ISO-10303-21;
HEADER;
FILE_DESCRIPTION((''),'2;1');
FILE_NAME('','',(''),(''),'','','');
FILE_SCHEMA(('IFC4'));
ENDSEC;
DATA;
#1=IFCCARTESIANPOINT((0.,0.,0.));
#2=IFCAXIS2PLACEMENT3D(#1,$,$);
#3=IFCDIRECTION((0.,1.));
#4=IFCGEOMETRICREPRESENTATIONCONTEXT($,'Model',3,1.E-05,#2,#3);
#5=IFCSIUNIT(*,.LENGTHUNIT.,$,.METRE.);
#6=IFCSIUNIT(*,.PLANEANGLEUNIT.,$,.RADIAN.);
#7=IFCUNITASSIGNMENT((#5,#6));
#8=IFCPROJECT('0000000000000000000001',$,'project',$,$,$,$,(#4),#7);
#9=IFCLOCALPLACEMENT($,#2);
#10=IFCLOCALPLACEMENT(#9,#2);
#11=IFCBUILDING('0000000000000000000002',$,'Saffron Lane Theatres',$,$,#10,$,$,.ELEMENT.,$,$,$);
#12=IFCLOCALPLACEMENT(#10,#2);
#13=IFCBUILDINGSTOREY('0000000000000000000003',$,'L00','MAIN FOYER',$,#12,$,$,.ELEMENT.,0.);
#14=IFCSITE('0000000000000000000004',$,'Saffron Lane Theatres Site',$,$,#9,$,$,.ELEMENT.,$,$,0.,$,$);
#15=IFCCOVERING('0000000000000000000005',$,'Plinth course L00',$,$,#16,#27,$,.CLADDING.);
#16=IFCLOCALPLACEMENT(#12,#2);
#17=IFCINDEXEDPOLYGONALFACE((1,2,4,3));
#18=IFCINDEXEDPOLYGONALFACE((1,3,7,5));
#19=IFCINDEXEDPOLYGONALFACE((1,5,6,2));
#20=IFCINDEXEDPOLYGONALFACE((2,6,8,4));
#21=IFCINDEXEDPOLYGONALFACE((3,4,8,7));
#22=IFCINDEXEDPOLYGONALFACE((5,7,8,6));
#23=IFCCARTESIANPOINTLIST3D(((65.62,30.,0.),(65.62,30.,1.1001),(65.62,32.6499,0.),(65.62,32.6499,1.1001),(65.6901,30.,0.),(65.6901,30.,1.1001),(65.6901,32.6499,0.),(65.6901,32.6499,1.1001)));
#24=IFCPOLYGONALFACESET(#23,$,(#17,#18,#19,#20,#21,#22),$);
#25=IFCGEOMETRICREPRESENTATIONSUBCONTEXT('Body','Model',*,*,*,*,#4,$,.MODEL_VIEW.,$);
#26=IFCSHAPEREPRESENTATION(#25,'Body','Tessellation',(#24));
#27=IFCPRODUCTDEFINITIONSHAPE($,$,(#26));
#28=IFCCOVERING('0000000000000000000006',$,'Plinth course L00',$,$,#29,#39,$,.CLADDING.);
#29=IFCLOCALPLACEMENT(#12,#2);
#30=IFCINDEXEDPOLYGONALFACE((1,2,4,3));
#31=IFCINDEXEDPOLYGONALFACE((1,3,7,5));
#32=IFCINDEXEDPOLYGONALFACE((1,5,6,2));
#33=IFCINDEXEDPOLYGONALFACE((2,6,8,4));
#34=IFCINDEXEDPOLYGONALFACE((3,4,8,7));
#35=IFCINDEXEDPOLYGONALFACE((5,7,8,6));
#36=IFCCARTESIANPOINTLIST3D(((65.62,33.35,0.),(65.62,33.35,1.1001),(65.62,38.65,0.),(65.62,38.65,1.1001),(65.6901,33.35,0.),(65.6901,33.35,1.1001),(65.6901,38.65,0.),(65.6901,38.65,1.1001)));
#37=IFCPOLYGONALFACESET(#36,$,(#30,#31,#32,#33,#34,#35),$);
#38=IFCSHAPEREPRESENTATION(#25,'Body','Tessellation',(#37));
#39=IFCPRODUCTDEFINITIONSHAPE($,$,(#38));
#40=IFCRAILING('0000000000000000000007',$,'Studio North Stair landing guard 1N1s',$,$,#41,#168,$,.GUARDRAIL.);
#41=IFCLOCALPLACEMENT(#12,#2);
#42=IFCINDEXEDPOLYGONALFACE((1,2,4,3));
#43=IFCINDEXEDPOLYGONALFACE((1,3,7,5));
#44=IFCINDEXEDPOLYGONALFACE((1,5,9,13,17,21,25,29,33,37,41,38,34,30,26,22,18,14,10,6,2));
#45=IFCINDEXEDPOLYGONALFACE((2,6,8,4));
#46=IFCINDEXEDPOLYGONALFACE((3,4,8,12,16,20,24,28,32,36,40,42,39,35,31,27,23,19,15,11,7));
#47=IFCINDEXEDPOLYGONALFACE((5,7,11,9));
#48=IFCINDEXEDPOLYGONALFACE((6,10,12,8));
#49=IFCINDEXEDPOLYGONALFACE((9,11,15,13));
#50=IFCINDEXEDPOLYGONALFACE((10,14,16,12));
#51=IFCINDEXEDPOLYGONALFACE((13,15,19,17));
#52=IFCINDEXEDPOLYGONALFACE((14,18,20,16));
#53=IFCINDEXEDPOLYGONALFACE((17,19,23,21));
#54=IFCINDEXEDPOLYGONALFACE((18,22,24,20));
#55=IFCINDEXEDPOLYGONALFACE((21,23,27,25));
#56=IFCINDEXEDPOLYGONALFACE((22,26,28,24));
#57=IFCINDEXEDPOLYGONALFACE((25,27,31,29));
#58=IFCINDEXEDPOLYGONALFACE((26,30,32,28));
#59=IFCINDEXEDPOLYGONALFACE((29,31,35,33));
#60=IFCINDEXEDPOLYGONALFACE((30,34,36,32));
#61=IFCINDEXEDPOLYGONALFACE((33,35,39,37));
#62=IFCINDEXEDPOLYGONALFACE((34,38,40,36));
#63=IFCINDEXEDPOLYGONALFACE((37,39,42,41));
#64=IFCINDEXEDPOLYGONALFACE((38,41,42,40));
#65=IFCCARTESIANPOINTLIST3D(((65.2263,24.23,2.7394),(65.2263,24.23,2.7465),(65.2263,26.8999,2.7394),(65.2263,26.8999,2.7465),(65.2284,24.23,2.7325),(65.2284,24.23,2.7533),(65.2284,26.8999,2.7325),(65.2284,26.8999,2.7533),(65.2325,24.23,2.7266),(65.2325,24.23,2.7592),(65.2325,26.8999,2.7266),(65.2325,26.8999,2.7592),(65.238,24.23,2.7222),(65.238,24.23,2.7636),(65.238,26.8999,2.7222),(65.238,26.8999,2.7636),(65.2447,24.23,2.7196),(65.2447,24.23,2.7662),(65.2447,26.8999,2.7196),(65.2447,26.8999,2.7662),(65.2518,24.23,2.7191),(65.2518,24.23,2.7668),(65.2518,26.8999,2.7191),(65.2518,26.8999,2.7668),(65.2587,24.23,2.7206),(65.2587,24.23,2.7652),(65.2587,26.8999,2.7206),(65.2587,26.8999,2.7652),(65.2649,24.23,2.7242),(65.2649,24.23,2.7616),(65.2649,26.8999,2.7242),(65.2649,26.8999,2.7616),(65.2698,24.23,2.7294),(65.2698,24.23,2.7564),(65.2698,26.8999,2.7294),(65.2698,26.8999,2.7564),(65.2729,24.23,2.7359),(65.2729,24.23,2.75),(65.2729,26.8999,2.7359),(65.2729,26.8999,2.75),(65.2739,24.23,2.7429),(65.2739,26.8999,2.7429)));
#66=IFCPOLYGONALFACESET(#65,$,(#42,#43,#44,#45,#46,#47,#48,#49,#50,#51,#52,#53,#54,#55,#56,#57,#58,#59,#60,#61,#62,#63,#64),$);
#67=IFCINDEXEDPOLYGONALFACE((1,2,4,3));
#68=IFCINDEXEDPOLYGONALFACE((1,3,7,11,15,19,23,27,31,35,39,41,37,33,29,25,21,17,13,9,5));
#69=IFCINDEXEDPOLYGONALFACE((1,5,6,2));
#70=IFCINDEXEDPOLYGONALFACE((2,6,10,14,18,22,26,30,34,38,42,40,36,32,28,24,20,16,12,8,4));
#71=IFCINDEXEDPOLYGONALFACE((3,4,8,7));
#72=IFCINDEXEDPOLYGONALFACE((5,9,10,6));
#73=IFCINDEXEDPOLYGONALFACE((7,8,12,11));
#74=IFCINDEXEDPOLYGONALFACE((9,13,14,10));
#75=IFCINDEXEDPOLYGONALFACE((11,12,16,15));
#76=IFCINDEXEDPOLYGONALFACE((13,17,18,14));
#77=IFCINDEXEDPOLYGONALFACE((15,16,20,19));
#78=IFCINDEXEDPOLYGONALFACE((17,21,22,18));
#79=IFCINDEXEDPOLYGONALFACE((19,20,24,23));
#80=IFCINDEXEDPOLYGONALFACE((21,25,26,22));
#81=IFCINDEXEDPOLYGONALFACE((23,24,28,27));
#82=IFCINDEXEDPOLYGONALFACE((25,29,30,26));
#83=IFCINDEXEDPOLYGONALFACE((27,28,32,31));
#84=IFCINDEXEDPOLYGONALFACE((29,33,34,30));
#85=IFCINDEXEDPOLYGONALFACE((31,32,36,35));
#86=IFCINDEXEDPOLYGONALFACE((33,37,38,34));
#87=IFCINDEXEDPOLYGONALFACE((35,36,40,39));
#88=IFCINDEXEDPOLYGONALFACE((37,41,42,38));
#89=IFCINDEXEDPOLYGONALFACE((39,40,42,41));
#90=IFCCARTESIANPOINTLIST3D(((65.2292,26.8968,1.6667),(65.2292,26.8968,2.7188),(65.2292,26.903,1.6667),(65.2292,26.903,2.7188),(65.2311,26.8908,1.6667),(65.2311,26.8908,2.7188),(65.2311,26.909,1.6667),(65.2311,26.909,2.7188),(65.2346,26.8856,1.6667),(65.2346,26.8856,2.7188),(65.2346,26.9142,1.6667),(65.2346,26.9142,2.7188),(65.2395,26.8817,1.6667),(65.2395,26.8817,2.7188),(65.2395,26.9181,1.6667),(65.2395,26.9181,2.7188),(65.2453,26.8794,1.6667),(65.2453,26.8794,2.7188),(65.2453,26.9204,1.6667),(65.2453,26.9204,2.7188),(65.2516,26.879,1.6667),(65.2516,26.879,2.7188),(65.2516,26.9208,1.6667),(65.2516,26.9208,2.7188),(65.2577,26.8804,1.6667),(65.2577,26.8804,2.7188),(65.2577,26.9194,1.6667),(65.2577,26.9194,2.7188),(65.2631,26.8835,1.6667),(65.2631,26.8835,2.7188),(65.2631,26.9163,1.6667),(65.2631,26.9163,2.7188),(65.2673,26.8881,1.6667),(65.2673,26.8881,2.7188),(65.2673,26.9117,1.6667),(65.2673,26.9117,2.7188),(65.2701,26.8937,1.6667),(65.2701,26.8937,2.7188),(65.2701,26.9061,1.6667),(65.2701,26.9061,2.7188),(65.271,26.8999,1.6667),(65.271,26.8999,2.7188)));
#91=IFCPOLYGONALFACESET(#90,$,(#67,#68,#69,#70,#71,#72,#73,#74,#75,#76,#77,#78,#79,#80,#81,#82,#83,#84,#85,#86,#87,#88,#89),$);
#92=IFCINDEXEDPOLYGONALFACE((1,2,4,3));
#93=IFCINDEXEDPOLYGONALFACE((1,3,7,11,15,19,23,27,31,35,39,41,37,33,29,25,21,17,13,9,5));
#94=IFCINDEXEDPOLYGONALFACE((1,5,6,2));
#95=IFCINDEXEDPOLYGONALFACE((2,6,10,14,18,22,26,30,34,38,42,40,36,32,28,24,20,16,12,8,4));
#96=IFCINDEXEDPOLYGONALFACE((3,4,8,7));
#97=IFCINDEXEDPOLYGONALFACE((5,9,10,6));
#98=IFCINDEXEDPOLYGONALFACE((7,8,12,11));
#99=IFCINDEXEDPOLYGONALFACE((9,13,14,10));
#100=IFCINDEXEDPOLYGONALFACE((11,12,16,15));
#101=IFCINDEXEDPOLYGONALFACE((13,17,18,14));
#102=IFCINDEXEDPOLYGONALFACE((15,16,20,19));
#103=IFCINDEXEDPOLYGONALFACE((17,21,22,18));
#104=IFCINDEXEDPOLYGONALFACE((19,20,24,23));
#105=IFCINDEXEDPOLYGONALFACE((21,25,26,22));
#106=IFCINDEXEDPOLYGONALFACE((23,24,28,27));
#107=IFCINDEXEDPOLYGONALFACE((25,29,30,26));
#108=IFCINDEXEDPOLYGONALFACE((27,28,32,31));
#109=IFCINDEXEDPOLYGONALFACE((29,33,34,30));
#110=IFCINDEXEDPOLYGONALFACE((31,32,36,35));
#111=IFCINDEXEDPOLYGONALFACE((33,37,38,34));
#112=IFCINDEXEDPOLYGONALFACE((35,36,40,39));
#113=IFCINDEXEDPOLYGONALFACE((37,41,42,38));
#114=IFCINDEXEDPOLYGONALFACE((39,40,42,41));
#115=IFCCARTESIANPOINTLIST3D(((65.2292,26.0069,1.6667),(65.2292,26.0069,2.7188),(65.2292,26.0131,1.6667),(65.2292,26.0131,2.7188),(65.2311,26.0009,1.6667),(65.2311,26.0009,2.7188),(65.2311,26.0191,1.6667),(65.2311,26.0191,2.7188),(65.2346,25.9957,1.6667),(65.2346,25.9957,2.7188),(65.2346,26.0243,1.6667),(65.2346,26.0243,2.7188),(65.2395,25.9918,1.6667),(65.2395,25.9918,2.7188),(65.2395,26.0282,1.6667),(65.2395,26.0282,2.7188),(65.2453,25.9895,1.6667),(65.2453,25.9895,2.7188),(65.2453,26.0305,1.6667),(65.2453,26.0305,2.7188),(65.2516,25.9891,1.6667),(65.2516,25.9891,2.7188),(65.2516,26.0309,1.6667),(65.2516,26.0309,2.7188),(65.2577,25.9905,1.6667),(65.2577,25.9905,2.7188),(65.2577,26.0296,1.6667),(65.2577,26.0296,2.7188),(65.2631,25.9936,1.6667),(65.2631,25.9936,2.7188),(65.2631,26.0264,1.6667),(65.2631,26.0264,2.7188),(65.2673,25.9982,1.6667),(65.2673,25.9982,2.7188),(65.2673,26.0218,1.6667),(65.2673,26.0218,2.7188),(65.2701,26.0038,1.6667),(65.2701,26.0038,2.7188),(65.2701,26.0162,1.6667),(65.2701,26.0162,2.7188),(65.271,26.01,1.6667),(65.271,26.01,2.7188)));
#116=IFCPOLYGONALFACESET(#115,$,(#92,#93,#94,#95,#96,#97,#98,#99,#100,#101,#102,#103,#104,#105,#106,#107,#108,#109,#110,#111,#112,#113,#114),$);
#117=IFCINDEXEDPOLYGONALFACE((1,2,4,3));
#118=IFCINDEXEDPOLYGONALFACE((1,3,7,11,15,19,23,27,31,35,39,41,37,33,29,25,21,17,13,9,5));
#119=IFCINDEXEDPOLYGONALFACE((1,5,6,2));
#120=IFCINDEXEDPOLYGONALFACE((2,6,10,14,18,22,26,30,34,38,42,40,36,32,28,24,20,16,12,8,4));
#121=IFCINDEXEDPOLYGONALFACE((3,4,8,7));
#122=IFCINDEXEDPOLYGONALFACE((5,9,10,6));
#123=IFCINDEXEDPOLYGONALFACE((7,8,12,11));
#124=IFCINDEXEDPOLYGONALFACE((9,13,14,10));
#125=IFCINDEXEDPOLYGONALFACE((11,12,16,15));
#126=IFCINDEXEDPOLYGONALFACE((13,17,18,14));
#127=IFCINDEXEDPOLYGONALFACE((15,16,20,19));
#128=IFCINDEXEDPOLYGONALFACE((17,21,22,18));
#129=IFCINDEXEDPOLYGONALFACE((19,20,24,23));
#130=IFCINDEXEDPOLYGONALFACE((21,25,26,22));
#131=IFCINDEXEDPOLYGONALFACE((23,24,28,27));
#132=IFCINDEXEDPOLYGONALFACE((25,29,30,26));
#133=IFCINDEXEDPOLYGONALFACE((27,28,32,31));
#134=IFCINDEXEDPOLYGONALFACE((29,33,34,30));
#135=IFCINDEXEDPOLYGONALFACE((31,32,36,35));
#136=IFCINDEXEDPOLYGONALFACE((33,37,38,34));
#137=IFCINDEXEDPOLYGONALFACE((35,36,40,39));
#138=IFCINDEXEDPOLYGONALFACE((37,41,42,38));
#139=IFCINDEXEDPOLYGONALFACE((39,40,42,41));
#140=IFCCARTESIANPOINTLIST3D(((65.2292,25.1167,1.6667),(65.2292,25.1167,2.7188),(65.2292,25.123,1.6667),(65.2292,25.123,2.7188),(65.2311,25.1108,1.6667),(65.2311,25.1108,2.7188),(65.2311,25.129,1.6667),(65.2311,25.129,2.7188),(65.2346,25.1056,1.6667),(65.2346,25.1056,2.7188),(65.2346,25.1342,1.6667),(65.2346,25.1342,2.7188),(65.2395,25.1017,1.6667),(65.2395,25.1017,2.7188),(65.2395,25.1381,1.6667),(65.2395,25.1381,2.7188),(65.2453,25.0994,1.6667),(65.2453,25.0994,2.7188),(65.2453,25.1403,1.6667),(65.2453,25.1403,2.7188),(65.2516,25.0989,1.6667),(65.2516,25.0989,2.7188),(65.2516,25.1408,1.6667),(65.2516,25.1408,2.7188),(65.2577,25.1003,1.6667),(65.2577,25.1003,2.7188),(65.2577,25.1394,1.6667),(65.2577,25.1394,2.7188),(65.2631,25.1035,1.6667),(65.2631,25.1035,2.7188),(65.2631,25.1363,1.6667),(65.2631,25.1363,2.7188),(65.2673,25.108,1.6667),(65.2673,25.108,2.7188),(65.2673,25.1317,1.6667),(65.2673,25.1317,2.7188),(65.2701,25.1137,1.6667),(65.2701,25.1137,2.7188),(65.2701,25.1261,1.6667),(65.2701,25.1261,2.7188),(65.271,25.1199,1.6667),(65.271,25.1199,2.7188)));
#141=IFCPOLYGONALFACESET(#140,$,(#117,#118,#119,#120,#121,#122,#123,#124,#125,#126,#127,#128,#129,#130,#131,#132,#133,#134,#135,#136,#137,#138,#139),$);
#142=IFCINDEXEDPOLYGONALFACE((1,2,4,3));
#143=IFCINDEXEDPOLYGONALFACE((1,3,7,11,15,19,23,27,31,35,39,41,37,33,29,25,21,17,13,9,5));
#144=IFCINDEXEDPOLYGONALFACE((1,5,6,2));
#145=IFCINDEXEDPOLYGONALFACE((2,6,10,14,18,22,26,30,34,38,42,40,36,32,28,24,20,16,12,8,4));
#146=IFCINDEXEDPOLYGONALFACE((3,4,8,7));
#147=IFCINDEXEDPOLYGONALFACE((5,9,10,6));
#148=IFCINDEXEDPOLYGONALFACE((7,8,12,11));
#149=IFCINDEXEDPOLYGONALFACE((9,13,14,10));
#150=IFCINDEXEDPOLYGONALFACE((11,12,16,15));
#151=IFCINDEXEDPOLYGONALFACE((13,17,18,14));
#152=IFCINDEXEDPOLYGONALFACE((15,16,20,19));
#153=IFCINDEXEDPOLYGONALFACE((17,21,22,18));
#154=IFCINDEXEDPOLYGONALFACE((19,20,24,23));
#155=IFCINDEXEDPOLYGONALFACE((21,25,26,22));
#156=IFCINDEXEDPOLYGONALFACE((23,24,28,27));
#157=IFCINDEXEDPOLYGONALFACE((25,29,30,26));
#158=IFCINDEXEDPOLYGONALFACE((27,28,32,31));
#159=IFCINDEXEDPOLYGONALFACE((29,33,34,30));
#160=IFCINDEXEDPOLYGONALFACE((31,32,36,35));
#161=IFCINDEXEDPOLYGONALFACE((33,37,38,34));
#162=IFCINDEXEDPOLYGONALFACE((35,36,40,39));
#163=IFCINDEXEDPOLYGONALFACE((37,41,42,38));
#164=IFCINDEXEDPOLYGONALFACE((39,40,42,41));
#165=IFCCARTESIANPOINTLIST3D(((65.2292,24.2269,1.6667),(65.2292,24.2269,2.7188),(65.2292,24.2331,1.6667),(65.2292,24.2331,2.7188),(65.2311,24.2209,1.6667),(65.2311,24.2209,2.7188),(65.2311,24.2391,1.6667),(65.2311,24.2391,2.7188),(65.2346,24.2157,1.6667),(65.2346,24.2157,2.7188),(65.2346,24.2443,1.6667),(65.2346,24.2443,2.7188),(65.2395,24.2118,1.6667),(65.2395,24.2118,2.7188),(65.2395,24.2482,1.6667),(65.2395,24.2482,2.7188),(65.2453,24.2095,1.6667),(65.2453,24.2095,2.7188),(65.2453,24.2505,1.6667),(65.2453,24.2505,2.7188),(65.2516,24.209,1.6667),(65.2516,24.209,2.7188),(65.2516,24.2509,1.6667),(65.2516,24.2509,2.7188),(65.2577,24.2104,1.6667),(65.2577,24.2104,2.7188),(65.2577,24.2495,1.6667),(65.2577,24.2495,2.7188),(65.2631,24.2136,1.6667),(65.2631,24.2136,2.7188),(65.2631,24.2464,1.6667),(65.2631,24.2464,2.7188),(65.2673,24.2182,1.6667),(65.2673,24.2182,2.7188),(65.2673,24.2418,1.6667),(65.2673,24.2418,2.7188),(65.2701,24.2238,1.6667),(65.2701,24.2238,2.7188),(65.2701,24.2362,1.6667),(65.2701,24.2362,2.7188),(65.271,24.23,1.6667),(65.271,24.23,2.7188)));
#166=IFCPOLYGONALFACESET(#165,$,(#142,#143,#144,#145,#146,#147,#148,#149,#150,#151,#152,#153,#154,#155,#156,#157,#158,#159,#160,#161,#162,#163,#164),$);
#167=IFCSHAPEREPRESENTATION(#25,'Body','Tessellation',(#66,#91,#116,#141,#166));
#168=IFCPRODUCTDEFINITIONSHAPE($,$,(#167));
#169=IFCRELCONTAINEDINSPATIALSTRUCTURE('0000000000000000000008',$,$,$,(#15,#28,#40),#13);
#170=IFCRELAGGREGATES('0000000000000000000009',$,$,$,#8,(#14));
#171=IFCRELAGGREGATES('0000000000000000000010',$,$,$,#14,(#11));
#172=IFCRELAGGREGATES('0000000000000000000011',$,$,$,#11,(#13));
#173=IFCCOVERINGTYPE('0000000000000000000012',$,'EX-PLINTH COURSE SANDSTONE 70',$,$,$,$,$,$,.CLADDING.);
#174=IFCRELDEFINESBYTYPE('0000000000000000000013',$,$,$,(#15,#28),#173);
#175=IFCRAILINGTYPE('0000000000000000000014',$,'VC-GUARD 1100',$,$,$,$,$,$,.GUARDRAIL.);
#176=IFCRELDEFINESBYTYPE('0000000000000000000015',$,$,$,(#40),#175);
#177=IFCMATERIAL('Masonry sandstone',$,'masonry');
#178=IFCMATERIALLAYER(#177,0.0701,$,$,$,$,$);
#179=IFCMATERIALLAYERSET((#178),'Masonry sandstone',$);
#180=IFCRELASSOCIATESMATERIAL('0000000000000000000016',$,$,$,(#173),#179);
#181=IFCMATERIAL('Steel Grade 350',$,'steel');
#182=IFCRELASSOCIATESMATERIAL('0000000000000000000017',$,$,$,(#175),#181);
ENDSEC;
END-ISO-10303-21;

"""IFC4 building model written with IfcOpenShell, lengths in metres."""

from ifc_helpers import new_model, si_unit, direction, frame, origin, origin_2d, place, context, subcontext, project, spatial, rectangle, circle, extrude, material, layer, layer_set, type_object, element, save


model = new_model("IFC4")

# Units and contexts
model_context = context("Model", 3, precision=1e-05, world=origin(), true_north=direction((0.0, 1.0)))
body_context = subcontext(model_context, "Body", "Model", "MODEL_VIEW")
ifc_project = project(units=[si_unit("LENGTHUNIT", "METRE"), si_unit("PLANEANGLEUNIT", "RADIAN")], contexts=[model_context])

# Site, building, storey
site_placement = place(None, origin())
site = spatial("IfcSite", under=ifc_project, at=site_placement, Name="Saffron Lane Theatres Site", CompositionType="ELEMENT", RefElevation=0.0)
building_placement = place(site_placement, origin())
building = spatial("IfcBuilding", under=site, at=building_placement, Name="Saffron Lane Theatres", CompositionType="ELEMENT")
storey_placement = place(building_placement, origin())
storey = spatial("IfcBuildingStorey", under=building, at=storey_placement, Name="L00", Description="MAIN FOYER", CompositionType="ELEMENT", Elevation=0.0)

# Coverings
ifc_material_1 = material(Name="Masonry sandstone", Category="masonry")
ifc_layer_1 = layer(ifc_material_1, 0.0701)
ifc_layer_set_1 = layer_set([ifc_layer_1], Name="Masonry sandstone")
covering_type_1 = type_object("IfcCoveringType", Name="EX-PLINTH COURSE SANDSTONE 70", PredefinedType="CLADDING", material=ifc_layer_set_1)
covering_1_placement = place(storey_placement, frame((65.655, 31.325, 0.0), z_axis=(0.0, 0.0, 1.0), x_axis=(0.0, 1.0, 0.0)))
element("IfcCovering", 1, at=covering_1_placement, inside=storey, type_object=covering_type_1, Name="Plinth course L00", PredefinedType="CLADDING", context=body_context, shape_type="SweptSolid", body=[
    extrude(rectangle(XDim=2.6499, YDim=0.0701, at=origin_2d()), origin(), (0.0, 0.0, 1.0), 1.1001),
])
covering_2_placement = place(storey_placement, frame((65.655, 36.0, 0.0), z_axis=(0.0, 0.0, 1.0), x_axis=(0.0, 1.0, 0.0)))
element("IfcCovering", 2, at=covering_2_placement, inside=storey, type_object=covering_type_1, Name="Plinth course L00", PredefinedType="CLADDING", context=body_context, shape_type="SweptSolid", body=[
    extrude(rectangle(XDim=5.3, YDim=0.0701, at=origin_2d()), origin(), (0.0, 0.0, 1.0), 1.1001),
])

# Railing
ifc_material_2 = material(Name="Steel Grade 350", Category="steel")
railing_type_1 = type_object("IfcRailingType", Name="VC-GUARD 1100", PredefinedType="GUARDRAIL", material=ifc_material_2)
railing_1_placement = place(storey_placement, frame((65.25, 26.8999, 1.6667)))
element("IfcRailing", 3, at=railing_1_placement, inside=storey, type_object=railing_type_1, Name="Studio North Stair landing guard 1N1s", PredefinedType="GUARDRAIL", context=body_context, shape_type="SweptSolid", body=[
    extrude(circle(Radius=0.0239, at=origin_2d()), frame((0.0, 0.0, 1.0762), z_axis=(0.0, -1.0, 0.0), x_axis=(1.0, 0.0, 0.0)), (0.0, 0.0, 1.0), 2.6699),
    extrude(circle(Radius=0.021, at=origin_2d()), origin(), (0.0, 0.0, 1.0), 1.052),
    extrude(circle(Radius=0.021, at=origin_2d()), frame((0.0, -0.8899, 0.0)), (0.0, 0.0, 1.0), 1.052),
    extrude(circle(Radius=0.021, at=origin_2d()), frame((0.0, -1.78, 0.0)), (0.0, 0.0, 1.0), 1.052),
    extrude(circle(Radius=0.021, at=origin_2d()), frame((0.0, -2.6699, 0.0)), (0.0, 0.0, 1.0), 1.052),
])

save(model, "model.ifc")
